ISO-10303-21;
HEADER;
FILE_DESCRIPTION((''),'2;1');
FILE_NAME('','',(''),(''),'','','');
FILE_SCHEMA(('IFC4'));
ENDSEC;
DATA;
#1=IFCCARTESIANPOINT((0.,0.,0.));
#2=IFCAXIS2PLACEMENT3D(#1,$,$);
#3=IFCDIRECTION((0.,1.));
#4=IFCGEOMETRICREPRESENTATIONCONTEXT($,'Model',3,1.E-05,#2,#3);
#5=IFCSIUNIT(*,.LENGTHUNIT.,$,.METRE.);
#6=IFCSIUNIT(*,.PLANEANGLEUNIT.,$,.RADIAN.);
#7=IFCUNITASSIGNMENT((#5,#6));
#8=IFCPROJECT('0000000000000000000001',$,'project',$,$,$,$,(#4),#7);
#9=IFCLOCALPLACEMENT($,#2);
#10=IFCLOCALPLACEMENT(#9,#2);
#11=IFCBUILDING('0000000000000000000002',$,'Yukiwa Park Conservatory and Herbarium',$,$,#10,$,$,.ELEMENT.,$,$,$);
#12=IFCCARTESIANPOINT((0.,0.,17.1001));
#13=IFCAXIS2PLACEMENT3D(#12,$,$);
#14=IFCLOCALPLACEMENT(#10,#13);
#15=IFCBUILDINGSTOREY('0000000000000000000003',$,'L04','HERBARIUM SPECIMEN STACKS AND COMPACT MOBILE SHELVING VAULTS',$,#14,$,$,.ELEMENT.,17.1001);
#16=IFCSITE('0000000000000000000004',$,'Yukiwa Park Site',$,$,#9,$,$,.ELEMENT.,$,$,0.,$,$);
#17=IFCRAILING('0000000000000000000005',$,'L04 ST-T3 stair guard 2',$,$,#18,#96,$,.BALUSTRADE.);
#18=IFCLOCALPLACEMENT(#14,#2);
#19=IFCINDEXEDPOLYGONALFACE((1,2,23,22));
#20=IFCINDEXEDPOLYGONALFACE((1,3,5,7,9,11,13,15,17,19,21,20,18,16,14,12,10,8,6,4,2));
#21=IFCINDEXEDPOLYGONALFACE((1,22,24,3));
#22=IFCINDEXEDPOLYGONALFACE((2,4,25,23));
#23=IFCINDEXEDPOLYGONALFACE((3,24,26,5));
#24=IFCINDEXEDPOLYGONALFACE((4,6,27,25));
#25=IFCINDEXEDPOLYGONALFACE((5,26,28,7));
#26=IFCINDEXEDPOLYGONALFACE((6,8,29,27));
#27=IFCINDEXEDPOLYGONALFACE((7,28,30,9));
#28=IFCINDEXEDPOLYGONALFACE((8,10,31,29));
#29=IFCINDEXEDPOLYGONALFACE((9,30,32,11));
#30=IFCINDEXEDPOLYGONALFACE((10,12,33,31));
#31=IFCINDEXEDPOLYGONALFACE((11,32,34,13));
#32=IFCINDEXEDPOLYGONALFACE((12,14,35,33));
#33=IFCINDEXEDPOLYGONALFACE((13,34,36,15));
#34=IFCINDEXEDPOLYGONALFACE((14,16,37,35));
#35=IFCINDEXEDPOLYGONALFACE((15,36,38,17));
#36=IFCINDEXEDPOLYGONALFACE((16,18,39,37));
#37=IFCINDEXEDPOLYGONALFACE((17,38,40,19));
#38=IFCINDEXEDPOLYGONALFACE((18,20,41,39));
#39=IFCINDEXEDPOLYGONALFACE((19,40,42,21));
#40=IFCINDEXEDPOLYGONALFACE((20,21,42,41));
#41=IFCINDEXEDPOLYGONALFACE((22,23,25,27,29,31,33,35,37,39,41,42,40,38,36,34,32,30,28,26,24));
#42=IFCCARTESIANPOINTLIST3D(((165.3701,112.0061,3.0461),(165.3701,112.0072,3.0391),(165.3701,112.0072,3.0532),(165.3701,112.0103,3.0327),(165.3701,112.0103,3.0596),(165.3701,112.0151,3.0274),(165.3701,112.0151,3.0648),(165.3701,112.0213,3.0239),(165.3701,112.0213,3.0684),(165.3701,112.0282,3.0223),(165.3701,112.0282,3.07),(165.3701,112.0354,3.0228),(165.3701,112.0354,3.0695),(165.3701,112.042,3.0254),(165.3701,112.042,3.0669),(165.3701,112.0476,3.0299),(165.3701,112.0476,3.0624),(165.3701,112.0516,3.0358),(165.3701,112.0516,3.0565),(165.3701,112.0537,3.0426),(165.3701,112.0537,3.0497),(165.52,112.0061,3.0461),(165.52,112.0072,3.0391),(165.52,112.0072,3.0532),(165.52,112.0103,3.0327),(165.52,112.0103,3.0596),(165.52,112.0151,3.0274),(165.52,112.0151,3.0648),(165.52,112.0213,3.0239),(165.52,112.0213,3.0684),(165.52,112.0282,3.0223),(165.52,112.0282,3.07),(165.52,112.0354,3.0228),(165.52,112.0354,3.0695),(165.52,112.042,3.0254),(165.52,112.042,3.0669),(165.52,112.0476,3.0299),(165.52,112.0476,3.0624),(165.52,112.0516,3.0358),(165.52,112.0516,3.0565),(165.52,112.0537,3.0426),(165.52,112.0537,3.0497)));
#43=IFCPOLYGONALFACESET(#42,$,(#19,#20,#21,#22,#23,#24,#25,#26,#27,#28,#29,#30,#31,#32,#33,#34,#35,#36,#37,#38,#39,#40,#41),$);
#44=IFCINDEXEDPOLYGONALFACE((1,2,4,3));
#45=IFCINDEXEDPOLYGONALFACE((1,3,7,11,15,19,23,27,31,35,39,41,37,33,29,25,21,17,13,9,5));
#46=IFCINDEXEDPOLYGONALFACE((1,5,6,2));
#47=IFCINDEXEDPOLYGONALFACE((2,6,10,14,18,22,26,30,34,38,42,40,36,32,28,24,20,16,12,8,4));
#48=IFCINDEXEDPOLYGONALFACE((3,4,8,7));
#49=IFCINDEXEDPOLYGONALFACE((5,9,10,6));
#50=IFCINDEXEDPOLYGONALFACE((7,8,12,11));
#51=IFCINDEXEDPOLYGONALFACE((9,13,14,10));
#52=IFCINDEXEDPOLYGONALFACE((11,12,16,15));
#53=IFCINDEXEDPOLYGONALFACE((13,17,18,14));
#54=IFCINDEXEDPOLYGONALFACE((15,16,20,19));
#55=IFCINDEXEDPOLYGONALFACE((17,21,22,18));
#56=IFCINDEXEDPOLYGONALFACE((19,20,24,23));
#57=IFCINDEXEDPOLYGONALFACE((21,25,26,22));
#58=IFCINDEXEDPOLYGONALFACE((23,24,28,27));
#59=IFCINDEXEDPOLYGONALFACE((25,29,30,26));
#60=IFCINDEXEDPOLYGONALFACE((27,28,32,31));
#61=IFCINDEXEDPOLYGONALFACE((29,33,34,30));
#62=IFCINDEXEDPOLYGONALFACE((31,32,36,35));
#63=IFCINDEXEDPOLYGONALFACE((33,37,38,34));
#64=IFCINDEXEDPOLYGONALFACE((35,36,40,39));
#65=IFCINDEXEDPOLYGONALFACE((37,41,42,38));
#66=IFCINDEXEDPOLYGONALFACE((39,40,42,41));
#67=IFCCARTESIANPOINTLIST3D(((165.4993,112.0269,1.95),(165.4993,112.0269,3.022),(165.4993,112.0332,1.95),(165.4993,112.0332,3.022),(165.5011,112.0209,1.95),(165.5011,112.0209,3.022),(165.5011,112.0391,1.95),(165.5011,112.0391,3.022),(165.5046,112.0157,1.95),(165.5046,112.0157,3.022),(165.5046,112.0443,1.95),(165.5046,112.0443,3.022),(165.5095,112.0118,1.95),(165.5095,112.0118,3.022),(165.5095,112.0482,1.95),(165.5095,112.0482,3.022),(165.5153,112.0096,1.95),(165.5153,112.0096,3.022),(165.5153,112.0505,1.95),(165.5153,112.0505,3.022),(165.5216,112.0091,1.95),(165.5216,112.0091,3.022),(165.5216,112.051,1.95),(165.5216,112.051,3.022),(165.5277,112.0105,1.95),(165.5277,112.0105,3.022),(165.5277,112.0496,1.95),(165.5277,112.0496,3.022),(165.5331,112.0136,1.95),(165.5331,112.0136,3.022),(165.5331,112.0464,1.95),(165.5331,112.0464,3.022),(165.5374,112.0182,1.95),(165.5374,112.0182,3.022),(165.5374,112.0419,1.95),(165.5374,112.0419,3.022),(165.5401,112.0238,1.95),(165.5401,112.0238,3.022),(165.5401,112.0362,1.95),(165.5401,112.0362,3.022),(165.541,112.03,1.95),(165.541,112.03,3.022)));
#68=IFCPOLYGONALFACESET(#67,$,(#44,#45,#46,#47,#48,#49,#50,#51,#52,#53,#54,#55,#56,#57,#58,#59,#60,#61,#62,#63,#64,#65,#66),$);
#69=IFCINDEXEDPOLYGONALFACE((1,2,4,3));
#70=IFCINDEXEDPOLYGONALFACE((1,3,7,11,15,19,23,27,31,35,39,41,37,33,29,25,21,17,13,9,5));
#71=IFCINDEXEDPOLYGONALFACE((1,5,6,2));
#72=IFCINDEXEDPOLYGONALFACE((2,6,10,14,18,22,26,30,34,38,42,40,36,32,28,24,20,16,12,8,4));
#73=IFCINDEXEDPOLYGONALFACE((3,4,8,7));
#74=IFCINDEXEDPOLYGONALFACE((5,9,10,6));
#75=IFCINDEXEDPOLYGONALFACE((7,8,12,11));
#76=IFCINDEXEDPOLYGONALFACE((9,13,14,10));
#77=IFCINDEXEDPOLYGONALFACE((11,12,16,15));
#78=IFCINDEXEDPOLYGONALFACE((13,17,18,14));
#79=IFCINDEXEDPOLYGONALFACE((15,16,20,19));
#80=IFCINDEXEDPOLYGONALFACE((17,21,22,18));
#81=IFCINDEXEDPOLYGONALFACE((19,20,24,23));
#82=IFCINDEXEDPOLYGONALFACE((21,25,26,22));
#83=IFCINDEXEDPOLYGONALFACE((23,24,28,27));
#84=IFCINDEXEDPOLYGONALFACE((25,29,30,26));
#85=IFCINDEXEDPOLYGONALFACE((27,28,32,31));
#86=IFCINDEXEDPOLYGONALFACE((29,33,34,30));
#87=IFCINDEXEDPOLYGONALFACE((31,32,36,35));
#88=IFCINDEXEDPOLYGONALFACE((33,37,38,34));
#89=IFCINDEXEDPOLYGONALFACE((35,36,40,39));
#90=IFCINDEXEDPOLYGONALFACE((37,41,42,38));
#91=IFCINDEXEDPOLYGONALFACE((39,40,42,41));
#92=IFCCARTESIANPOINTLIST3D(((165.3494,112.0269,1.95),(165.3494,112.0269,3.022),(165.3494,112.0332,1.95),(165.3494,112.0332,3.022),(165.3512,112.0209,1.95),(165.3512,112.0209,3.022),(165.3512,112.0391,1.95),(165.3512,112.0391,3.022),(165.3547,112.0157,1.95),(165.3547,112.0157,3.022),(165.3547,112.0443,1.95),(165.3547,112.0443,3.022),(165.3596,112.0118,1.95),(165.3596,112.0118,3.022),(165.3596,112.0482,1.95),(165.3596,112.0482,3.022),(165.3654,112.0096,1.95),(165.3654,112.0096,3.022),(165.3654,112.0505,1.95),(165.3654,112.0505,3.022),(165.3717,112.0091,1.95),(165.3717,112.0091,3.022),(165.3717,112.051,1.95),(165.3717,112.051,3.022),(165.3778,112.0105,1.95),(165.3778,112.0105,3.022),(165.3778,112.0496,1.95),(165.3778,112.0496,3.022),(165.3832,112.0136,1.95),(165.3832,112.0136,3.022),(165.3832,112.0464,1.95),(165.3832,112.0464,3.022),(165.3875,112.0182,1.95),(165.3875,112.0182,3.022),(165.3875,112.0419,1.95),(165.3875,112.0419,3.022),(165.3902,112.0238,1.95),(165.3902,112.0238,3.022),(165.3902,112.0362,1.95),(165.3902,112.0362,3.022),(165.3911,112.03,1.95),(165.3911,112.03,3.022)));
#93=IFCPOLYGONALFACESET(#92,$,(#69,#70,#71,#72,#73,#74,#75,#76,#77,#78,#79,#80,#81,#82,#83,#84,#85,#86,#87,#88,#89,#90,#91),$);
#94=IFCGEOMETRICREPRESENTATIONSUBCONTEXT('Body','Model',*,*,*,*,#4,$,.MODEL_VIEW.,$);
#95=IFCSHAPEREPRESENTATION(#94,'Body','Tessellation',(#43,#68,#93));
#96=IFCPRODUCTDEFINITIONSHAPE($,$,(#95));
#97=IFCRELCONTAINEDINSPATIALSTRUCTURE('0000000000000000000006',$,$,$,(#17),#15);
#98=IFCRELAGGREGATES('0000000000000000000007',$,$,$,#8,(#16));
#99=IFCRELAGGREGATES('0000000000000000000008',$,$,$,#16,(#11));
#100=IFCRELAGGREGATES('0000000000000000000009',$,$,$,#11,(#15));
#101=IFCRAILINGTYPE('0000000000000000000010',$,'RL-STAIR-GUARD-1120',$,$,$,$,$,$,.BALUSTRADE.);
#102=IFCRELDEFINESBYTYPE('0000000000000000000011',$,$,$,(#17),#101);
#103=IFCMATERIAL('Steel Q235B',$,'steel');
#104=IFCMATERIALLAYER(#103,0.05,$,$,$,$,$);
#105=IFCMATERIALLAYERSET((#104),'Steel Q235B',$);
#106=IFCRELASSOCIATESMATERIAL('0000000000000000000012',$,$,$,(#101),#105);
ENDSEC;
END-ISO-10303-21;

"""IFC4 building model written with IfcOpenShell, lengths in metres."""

from ifc_helpers import new_model, si_unit, direction, frame, origin, origin_2d, place, context, subcontext, project, spatial, circle, extrude, material, layer, layer_set, type_object, element, save


model = new_model("IFC4")

# Units and contexts
model_context = context("Model", 3, precision=1e-05, world=origin(), true_north=direction((0.0, 1.0)))
body_context = subcontext(model_context, "Body", "Model", "MODEL_VIEW")
ifc_project = project(units=[si_unit("LENGTHUNIT", "METRE"), si_unit("PLANEANGLEUNIT", "RADIAN")], contexts=[model_context])

# Site, building, storey
site_placement = place(None, origin())
site = spatial("IfcSite", under=ifc_project, at=site_placement, Name="Yukiwa Park Site", CompositionType="ELEMENT", RefElevation=0.0)
building_placement = place(site_placement, origin())
building = spatial("IfcBuilding", under=site, at=building_placement, Name="Yukiwa Park Conservatory and Herbarium", CompositionType="ELEMENT")
storey_placement = place(building_placement, frame((0.0, 0.0, 17.1001)))
storey = spatial("IfcBuildingStorey", under=building, at=storey_placement, Name="L04", Description="HERBARIUM SPECIMEN STACKS AND COMPACT MOBILE SHELVING VAULTS", CompositionType="ELEMENT", Elevation=17.1001)

# Railing
ifc_material_1 = material(Name="Steel Q235B", Category="steel")
ifc_layer_1 = layer(ifc_material_1, 0.05)
ifc_layer_set_1 = layer_set([ifc_layer_1], Name="Steel Q235B")
railing_type_1 = type_object("IfcRailingType", Name="RL-STAIR-GUARD-1120", PredefinedType="BALUSTRADE", material=ifc_layer_set_1)
railing_1_placement = place(storey_placement, frame((165.52, 112.03, 1.95)))
element("IfcRailing", 1, at=railing_1_placement, inside=storey, type_object=railing_type_1, Name="L04 ST-T3 stair guard 2", PredefinedType="BALUSTRADE", context=body_context, shape_type="SweptSolid", body=[
    extrude(circle(Radius=0.0239, at=origin_2d()), frame((0.0, 0.0, 1.0962), z_axis=(-1.0, 0.0, 0.0), x_axis=(0.0, -1.0, 0.0)), (0.0, 0.0, 1.0), 0.1499),
    extrude(circle(Radius=0.021, at=origin_2d()), origin(), (0.0, 0.0, 1.0), 1.072),
    extrude(circle(Radius=0.021, at=origin_2d()), frame((-0.1499, 0.0, 0.0)), (0.0, 0.0, 1.0), 1.072),
])

save(model, "model.ifc")
